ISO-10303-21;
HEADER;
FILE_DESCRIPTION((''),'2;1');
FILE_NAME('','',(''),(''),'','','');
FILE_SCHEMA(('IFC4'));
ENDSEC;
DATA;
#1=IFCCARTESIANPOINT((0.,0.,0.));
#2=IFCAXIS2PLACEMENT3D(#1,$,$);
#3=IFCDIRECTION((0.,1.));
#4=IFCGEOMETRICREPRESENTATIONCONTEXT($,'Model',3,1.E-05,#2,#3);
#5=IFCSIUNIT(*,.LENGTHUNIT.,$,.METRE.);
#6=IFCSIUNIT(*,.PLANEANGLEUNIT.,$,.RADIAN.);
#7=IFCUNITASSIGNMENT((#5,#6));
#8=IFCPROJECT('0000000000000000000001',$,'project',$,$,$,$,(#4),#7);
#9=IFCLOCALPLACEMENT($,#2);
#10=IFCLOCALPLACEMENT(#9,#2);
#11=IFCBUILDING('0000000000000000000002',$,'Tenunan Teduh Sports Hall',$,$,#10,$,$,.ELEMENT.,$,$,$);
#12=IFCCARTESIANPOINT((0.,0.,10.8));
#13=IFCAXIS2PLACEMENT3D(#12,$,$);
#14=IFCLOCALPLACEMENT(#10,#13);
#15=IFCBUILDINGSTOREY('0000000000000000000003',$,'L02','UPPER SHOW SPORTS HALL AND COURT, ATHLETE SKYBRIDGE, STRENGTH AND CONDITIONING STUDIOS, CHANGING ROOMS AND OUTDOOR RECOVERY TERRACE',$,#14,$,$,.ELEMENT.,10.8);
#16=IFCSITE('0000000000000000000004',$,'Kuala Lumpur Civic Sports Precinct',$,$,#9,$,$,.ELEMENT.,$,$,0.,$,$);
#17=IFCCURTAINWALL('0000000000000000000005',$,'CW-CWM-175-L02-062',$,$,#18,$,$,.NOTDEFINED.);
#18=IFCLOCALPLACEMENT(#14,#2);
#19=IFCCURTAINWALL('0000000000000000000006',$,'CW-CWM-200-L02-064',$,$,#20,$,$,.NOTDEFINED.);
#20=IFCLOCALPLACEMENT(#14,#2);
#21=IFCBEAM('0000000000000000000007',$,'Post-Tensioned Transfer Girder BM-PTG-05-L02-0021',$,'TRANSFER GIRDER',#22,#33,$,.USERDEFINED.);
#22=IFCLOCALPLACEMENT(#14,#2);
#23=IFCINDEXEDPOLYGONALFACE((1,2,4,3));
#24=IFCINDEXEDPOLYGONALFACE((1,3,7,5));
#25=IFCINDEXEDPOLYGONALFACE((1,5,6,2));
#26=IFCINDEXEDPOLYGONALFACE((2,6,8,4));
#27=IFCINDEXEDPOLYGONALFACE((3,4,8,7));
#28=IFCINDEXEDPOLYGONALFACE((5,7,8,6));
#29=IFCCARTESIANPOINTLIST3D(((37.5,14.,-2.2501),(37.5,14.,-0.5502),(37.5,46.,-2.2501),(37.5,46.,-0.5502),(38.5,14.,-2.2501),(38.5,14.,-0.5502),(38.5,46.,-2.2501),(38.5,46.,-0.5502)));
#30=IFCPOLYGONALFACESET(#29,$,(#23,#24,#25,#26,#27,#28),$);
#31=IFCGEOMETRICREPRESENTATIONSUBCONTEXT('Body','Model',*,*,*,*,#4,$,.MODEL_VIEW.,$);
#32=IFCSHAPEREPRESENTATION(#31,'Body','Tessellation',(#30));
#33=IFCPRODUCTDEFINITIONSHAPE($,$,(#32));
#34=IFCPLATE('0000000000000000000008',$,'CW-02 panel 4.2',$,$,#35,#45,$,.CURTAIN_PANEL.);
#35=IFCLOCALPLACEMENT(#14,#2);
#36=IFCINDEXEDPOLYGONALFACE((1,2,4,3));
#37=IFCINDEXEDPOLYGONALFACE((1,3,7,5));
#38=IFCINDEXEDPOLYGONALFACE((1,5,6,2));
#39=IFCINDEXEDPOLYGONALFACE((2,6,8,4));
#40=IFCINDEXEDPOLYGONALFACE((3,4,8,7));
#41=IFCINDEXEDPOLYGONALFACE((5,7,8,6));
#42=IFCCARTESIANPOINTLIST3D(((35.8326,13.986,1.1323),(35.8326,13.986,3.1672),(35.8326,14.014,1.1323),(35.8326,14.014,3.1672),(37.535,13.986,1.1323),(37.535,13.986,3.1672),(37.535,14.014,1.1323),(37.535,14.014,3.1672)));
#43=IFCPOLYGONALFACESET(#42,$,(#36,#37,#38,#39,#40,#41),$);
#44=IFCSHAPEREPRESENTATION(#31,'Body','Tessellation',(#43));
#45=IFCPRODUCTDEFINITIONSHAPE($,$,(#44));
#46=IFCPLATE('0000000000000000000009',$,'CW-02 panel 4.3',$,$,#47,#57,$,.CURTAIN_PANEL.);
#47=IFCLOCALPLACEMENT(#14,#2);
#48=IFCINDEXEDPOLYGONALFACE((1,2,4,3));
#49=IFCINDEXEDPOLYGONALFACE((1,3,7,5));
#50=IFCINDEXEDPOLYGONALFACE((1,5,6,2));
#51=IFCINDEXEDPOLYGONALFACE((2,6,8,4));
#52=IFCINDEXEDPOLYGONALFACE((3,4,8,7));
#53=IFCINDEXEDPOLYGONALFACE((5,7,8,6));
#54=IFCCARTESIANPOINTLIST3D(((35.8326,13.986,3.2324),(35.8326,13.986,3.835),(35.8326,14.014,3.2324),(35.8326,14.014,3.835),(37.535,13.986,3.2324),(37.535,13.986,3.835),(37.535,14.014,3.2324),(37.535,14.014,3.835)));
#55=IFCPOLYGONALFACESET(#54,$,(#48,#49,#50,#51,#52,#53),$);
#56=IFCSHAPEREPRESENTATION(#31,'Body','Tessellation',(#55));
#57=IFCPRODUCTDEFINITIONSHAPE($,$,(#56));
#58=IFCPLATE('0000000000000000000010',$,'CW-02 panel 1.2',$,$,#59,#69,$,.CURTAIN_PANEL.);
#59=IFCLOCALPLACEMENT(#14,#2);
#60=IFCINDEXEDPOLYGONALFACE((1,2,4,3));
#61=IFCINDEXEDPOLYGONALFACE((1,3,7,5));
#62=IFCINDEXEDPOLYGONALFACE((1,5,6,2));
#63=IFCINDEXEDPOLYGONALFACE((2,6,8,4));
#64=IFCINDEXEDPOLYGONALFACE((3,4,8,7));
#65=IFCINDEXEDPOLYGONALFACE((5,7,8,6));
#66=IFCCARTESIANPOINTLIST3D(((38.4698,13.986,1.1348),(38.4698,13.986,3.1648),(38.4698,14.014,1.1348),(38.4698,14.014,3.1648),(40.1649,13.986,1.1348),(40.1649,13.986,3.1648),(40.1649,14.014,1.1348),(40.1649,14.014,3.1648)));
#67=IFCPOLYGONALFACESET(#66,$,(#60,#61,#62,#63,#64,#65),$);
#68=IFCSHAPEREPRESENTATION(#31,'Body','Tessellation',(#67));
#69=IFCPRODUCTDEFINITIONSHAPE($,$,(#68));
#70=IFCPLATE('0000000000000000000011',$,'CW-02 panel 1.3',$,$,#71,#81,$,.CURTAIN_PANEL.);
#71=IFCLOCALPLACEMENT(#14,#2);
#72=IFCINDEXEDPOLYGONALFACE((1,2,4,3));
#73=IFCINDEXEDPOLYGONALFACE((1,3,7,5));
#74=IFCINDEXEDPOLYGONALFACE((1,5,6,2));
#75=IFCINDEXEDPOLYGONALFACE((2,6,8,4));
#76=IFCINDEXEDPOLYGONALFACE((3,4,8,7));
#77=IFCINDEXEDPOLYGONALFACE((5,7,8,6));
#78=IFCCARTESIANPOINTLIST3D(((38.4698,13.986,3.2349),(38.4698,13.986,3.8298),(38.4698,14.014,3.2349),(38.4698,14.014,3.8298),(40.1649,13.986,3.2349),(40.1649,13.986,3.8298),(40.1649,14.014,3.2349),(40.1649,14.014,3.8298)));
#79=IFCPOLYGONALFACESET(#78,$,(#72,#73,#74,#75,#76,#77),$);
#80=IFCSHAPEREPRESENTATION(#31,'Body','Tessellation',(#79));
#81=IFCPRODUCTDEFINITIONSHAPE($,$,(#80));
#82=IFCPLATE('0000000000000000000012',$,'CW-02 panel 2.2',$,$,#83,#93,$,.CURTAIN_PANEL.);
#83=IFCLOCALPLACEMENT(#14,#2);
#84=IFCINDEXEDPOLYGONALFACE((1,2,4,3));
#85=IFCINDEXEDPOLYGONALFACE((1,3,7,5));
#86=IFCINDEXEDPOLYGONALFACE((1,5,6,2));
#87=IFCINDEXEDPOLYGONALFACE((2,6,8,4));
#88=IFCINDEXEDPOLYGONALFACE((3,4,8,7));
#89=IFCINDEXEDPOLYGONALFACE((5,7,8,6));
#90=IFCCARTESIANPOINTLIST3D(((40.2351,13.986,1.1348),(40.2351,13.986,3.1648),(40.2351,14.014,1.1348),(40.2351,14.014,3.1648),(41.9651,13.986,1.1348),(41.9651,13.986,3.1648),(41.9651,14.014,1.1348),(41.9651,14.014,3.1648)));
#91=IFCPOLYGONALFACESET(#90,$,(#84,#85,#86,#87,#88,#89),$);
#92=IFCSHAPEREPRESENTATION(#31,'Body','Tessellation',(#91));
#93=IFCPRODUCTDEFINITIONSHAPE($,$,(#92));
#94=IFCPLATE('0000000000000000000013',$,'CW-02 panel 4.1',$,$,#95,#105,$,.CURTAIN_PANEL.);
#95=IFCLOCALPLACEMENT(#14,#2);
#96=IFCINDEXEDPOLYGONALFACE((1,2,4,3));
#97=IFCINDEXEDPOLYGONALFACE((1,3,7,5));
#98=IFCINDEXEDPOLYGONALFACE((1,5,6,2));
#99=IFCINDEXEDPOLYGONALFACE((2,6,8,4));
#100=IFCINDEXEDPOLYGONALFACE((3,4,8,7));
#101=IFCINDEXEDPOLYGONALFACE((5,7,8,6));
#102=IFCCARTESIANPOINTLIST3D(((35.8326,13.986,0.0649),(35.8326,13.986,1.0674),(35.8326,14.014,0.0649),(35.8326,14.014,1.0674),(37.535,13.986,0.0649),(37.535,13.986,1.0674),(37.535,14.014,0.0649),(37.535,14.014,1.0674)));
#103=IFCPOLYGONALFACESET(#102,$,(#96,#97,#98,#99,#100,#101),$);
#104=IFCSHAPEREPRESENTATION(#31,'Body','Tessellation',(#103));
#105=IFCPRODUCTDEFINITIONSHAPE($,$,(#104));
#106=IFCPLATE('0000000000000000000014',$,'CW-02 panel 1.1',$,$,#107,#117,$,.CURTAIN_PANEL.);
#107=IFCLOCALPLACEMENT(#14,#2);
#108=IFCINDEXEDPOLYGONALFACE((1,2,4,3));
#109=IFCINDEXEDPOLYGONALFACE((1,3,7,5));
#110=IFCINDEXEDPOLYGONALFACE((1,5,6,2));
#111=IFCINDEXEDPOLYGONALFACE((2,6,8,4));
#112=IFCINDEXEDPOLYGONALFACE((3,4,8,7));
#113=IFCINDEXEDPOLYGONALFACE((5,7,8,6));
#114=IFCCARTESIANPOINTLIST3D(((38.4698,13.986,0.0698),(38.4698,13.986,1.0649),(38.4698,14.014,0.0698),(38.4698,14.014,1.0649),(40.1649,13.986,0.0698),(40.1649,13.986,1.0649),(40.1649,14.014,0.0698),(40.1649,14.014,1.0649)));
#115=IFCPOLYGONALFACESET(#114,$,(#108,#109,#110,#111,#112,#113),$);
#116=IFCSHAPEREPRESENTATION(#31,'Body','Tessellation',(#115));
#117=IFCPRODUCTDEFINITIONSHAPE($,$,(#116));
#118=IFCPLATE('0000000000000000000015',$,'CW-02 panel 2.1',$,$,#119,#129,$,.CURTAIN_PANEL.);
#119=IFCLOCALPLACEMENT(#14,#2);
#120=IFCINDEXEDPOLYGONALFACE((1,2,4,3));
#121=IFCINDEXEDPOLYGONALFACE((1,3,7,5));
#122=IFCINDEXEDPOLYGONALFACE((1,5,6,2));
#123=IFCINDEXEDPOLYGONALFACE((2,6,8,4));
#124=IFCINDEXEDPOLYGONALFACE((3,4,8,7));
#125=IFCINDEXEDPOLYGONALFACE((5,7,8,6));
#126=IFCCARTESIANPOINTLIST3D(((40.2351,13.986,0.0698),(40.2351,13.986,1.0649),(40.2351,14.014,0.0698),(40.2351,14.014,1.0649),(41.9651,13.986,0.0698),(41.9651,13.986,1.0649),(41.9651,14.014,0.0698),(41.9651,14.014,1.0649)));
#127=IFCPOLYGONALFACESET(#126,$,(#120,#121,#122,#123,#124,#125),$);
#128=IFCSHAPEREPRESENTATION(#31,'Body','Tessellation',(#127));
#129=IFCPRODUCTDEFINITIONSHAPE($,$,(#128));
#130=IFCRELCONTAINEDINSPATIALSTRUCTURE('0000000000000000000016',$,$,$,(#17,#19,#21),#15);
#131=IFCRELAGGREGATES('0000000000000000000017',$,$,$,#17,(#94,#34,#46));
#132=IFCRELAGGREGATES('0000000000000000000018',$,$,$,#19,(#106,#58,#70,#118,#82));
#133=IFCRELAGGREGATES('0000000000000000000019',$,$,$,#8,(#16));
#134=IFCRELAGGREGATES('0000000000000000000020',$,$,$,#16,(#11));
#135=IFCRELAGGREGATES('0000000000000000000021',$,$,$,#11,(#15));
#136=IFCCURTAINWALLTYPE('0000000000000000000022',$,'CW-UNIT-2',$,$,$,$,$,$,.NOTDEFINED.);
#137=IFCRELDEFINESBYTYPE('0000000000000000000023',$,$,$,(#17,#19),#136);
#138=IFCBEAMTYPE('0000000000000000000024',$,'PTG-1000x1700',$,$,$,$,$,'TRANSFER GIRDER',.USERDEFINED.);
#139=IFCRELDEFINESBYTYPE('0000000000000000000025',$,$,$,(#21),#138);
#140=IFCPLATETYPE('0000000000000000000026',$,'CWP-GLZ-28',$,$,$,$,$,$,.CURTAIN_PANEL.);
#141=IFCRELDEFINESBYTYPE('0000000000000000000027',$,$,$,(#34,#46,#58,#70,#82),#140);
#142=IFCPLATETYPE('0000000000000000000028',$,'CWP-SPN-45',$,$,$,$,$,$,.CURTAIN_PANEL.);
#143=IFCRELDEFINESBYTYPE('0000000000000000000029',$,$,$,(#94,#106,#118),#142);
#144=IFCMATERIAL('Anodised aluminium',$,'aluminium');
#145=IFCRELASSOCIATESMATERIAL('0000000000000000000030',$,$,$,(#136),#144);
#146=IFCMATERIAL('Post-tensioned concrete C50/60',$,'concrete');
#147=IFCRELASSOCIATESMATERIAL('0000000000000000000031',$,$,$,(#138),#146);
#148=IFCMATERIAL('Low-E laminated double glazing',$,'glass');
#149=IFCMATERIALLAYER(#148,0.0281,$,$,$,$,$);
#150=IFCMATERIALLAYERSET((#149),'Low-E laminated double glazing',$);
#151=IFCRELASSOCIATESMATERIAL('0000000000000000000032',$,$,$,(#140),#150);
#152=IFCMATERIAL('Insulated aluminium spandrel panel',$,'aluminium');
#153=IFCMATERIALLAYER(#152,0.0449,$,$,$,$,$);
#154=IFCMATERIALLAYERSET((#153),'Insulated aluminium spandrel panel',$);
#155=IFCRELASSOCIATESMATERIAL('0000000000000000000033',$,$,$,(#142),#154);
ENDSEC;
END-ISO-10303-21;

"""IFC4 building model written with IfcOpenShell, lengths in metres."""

from ifc_helpers import new_model, si_unit, direction, frame, origin, origin_2d, place, context, subcontext, project, spatial, rectangle, extrude, material, layer, layer_set, material_profile, profile_set, type_object, element, aggregate, save


model = new_model("IFC4")

# Units and contexts
model_context = context("Model", 3, precision=1e-05, world=origin(), true_north=direction((0.0, 1.0)))
body_context = subcontext(model_context, "Body", "Model", "MODEL_VIEW")
ifc_project = project(units=[si_unit("LENGTHUNIT", "METRE"), si_unit("PLANEANGLEUNIT", "RADIAN")], contexts=[model_context])

# Site, building, storey
site_placement = place(None, origin())
site = spatial("IfcSite", under=ifc_project, at=site_placement, Name="Kuala Lumpur Civic Sports Precinct", CompositionType="ELEMENT", RefElevation=0.0)
building_placement = place(site_placement, origin())
building = spatial("IfcBuilding", under=site, at=building_placement, Name="Tenunan Teduh Sports Hall", CompositionType="ELEMENT")
storey_placement = place(building_placement, frame((0.0, 0.0, 10.8)))
storey = spatial("IfcBuildingStorey", under=building, at=storey_placement, Name="L02", Description="UPPER SHOW SPORTS HALL AND COURT, ATHLETE SKYBRIDGE, STRENGTH AND CONDITIONING STUDIOS, CHANGING ROOMS AND OUTDOOR RECOVERY TERRACE", CompositionType="ELEMENT", Elevation=10.8)

# Curtain wall
ifc_material_1 = material(Name="Anodised aluminium", Category="aluminium")
curtain_wall_type = type_object("IfcCurtainWallType", Name="CW-UNIT-2", PredefinedType="NOTDEFINED", material=ifc_material_1)
curtain_wall_1_placement = place(storey_placement, origin())
curtain_wall_1 = element("IfcCurtainWall", 1, at=curtain_wall_1_placement, inside=storey, type_object=curtain_wall_type, Name="CW-CWM-175-L02-062", PredefinedType="NOTDEFINED")

# Curtain wall
curtain_wall_2_placement = place(storey_placement, origin())
curtain_wall_2 = element("IfcCurtainWall", 2, at=curtain_wall_2_placement, inside=storey, type_object=curtain_wall_type, Name="CW-CWM-200-L02-064", PredefinedType="NOTDEFINED")

# Beam
ifc_material_2 = material(Name="Post-tensioned concrete C50/60", Category="concrete")
ifc_material_profile_1 = material_profile(ifc_material_2, rectangle(XDim=1.0, YDim=1.7, at=origin_2d()), Name="PTG 1000x1700")
ifc_profile_set_1 = profile_set([ifc_material_profile_1], Name="Post-tensioned concrete C50/60")
beam_type_1 = type_object("IfcBeamType", Name="PTG-1000x1700", ElementType="TRANSFER GIRDER", PredefinedType="USERDEFINED", material=ifc_profile_set_1)
beam_1_placement = place(storey_placement, frame((38.0, 14.0, -1.4001), z_axis=(0.0, 1.0, 0.0), x_axis=(-1.0, 0.0, 0.0)))
element("IfcBeam", 3, at=beam_1_placement, inside=storey, type_object=beam_type_1, Name="Post-Tensioned Transfer Girder BM-PTG-05-L02-0021", ObjectType="TRANSFER GIRDER", PredefinedType="USERDEFINED", context=body_context, shape_type="SweptSolid", body=[
    extrude(rectangle(XDim=1.0, YDim=1.7, at=origin_2d()), origin(), (0.0, 0.0, 1.0), 32.0),
])

# Plates
ifc_material_3 = material(Name="Low-E laminated double glazing", Category="glass")
ifc_layer_1 = layer(ifc_material_3, 0.0281)
ifc_layer_set_1 = layer_set([ifc_layer_1], Name="Low-E laminated double glazing")
plate_type_1 = type_object("IfcPlateType", Name="CWP-GLZ-28", PredefinedType="CURTAIN_PANEL", material=ifc_layer_set_1)
plate_1_placement = place(storey_placement, frame((36.6838, 14.0, 1.1323), z_axis=(0.0, 0.0, 1.0), x_axis=(1.0, 0.0, 0.0)))
plate_1 = element("IfcPlate", 4, at=plate_1_placement, type_object=plate_type_1, Name="CW-02 panel 4.2", PredefinedType="CURTAIN_PANEL", context=body_context, shape_type="SweptSolid", body=[
    extrude(rectangle(XDim=1.7024, YDim=0.0281, at=origin_2d()), origin(), (0.0, 0.0, 1.0), 2.0349),
])
plate_2_placement = place(storey_placement, frame((36.6838, 14.0, 3.2324), z_axis=(0.0, 0.0, 1.0), x_axis=(1.0, 0.0, 0.0)))
plate_2 = element("IfcPlate", 5, at=plate_2_placement, type_object=plate_type_1, Name="CW-02 panel 4.3", PredefinedType="CURTAIN_PANEL", context=body_context, shape_type="SweptSolid", body=[
    extrude(rectangle(XDim=1.7024, YDim=0.0281, at=origin_2d()), origin(), (0.0, 0.0, 1.0), 0.6025),
])
plate_3_placement = place(storey_placement, frame((39.3174, 14.0, 1.1348), z_axis=(0.0, 0.0, 1.0), x_axis=(1.0, 0.0, 0.0)))
plate_3 = element("IfcPlate", 6, at=plate_3_placement, type_object=plate_type_1, Name="CW-02 panel 1.2", PredefinedType="CURTAIN_PANEL", context=body_context, shape_type="SweptSolid", body=[
    extrude(rectangle(XDim=1.6951, YDim=0.0281, at=origin_2d()), origin(), (0.0, 0.0, 1.0), 2.03),
])
plate_4_placement = place(storey_placement, frame((39.3174, 14.0, 3.2349), z_axis=(0.0, 0.0, 1.0), x_axis=(1.0, 0.0, 0.0)))
plate_4 = element("IfcPlate", 7, at=plate_4_placement, type_object=plate_type_1, Name="CW-02 panel 1.3", PredefinedType="CURTAIN_PANEL", context=body_context, shape_type="SweptSolid", body=[
    extrude(rectangle(XDim=1.6951, YDim=0.0281, at=origin_2d()), origin(), (0.0, 0.0, 1.0), 0.595),
])
plate_5_placement = place(storey_placement, frame((41.1001, 14.0, 1.1348), z_axis=(0.0, 0.0, 1.0), x_axis=(1.0, 0.0, 0.0)))
plate_5 = element("IfcPlate", 8, at=plate_5_placement, type_object=plate_type_1, Name="CW-02 panel 2.2", PredefinedType="CURTAIN_PANEL", context=body_context, shape_type="SweptSolid", body=[
    extrude(rectangle(XDim=1.73, YDim=0.0281, at=origin_2d()), origin(), (0.0, 0.0, 1.0), 2.03),
])
ifc_material_4 = material(Name="Insulated aluminium spandrel panel", Category="aluminium")
ifc_layer_2 = layer(ifc_material_4, 0.0449)
ifc_layer_set_2 = layer_set([ifc_layer_2], Name="Insulated aluminium spandrel panel")
plate_type_2 = type_object("IfcPlateType", Name="CWP-SPN-45", PredefinedType="CURTAIN_PANEL", material=ifc_layer_set_2)
plate_6_placement = place(storey_placement, frame((36.6838, 14.0, 0.0649), z_axis=(0.0, 0.0, 1.0), x_axis=(1.0, 0.0, 0.0)))
plate_6 = element("IfcPlate", 9, at=plate_6_placement, type_object=plate_type_2, Name="CW-02 panel 4.1", PredefinedType="CURTAIN_PANEL", context=body_context, shape_type="SweptSolid", body=[
    extrude(rectangle(XDim=1.7024, YDim=0.0281, at=origin_2d()), origin(), (0.0, 0.0, 1.0), 1.0024),
])
aggregate(curtain_wall_1, [plate_6, plate_1, plate_2])
plate_7_placement = place(storey_placement, frame((39.3174, 14.0, 0.0698), z_axis=(0.0, 0.0, 1.0), x_axis=(1.0, 0.0, 0.0)))
plate_7 = element("IfcPlate", 10, at=plate_7_placement, type_object=plate_type_2, Name="CW-02 panel 1.1", PredefinedType="CURTAIN_PANEL", context=body_context, shape_type="SweptSolid", body=[
    extrude(rectangle(XDim=1.6951, YDim=0.0281, at=origin_2d()), origin(), (0.0, 0.0, 1.0), 0.9951),
])
plate_8_placement = place(storey_placement, frame((41.1001, 14.0, 0.0698), z_axis=(0.0, 0.0, 1.0), x_axis=(1.0, 0.0, 0.0)))
plate_8 = element("IfcPlate", 11, at=plate_8_placement, type_object=plate_type_2, Name="CW-02 panel 2.1", PredefinedType="CURTAIN_PANEL", context=body_context, shape_type="SweptSolid", body=[
    extrude(rectangle(XDim=1.73, YDim=0.0281, at=origin_2d()), origin(), (0.0, 0.0, 1.0), 0.9951),
])
aggregate(curtain_wall_2, [plate_7, plate_3, plate_4, plate_8, plate_5])

save(model, "model.ifc")
